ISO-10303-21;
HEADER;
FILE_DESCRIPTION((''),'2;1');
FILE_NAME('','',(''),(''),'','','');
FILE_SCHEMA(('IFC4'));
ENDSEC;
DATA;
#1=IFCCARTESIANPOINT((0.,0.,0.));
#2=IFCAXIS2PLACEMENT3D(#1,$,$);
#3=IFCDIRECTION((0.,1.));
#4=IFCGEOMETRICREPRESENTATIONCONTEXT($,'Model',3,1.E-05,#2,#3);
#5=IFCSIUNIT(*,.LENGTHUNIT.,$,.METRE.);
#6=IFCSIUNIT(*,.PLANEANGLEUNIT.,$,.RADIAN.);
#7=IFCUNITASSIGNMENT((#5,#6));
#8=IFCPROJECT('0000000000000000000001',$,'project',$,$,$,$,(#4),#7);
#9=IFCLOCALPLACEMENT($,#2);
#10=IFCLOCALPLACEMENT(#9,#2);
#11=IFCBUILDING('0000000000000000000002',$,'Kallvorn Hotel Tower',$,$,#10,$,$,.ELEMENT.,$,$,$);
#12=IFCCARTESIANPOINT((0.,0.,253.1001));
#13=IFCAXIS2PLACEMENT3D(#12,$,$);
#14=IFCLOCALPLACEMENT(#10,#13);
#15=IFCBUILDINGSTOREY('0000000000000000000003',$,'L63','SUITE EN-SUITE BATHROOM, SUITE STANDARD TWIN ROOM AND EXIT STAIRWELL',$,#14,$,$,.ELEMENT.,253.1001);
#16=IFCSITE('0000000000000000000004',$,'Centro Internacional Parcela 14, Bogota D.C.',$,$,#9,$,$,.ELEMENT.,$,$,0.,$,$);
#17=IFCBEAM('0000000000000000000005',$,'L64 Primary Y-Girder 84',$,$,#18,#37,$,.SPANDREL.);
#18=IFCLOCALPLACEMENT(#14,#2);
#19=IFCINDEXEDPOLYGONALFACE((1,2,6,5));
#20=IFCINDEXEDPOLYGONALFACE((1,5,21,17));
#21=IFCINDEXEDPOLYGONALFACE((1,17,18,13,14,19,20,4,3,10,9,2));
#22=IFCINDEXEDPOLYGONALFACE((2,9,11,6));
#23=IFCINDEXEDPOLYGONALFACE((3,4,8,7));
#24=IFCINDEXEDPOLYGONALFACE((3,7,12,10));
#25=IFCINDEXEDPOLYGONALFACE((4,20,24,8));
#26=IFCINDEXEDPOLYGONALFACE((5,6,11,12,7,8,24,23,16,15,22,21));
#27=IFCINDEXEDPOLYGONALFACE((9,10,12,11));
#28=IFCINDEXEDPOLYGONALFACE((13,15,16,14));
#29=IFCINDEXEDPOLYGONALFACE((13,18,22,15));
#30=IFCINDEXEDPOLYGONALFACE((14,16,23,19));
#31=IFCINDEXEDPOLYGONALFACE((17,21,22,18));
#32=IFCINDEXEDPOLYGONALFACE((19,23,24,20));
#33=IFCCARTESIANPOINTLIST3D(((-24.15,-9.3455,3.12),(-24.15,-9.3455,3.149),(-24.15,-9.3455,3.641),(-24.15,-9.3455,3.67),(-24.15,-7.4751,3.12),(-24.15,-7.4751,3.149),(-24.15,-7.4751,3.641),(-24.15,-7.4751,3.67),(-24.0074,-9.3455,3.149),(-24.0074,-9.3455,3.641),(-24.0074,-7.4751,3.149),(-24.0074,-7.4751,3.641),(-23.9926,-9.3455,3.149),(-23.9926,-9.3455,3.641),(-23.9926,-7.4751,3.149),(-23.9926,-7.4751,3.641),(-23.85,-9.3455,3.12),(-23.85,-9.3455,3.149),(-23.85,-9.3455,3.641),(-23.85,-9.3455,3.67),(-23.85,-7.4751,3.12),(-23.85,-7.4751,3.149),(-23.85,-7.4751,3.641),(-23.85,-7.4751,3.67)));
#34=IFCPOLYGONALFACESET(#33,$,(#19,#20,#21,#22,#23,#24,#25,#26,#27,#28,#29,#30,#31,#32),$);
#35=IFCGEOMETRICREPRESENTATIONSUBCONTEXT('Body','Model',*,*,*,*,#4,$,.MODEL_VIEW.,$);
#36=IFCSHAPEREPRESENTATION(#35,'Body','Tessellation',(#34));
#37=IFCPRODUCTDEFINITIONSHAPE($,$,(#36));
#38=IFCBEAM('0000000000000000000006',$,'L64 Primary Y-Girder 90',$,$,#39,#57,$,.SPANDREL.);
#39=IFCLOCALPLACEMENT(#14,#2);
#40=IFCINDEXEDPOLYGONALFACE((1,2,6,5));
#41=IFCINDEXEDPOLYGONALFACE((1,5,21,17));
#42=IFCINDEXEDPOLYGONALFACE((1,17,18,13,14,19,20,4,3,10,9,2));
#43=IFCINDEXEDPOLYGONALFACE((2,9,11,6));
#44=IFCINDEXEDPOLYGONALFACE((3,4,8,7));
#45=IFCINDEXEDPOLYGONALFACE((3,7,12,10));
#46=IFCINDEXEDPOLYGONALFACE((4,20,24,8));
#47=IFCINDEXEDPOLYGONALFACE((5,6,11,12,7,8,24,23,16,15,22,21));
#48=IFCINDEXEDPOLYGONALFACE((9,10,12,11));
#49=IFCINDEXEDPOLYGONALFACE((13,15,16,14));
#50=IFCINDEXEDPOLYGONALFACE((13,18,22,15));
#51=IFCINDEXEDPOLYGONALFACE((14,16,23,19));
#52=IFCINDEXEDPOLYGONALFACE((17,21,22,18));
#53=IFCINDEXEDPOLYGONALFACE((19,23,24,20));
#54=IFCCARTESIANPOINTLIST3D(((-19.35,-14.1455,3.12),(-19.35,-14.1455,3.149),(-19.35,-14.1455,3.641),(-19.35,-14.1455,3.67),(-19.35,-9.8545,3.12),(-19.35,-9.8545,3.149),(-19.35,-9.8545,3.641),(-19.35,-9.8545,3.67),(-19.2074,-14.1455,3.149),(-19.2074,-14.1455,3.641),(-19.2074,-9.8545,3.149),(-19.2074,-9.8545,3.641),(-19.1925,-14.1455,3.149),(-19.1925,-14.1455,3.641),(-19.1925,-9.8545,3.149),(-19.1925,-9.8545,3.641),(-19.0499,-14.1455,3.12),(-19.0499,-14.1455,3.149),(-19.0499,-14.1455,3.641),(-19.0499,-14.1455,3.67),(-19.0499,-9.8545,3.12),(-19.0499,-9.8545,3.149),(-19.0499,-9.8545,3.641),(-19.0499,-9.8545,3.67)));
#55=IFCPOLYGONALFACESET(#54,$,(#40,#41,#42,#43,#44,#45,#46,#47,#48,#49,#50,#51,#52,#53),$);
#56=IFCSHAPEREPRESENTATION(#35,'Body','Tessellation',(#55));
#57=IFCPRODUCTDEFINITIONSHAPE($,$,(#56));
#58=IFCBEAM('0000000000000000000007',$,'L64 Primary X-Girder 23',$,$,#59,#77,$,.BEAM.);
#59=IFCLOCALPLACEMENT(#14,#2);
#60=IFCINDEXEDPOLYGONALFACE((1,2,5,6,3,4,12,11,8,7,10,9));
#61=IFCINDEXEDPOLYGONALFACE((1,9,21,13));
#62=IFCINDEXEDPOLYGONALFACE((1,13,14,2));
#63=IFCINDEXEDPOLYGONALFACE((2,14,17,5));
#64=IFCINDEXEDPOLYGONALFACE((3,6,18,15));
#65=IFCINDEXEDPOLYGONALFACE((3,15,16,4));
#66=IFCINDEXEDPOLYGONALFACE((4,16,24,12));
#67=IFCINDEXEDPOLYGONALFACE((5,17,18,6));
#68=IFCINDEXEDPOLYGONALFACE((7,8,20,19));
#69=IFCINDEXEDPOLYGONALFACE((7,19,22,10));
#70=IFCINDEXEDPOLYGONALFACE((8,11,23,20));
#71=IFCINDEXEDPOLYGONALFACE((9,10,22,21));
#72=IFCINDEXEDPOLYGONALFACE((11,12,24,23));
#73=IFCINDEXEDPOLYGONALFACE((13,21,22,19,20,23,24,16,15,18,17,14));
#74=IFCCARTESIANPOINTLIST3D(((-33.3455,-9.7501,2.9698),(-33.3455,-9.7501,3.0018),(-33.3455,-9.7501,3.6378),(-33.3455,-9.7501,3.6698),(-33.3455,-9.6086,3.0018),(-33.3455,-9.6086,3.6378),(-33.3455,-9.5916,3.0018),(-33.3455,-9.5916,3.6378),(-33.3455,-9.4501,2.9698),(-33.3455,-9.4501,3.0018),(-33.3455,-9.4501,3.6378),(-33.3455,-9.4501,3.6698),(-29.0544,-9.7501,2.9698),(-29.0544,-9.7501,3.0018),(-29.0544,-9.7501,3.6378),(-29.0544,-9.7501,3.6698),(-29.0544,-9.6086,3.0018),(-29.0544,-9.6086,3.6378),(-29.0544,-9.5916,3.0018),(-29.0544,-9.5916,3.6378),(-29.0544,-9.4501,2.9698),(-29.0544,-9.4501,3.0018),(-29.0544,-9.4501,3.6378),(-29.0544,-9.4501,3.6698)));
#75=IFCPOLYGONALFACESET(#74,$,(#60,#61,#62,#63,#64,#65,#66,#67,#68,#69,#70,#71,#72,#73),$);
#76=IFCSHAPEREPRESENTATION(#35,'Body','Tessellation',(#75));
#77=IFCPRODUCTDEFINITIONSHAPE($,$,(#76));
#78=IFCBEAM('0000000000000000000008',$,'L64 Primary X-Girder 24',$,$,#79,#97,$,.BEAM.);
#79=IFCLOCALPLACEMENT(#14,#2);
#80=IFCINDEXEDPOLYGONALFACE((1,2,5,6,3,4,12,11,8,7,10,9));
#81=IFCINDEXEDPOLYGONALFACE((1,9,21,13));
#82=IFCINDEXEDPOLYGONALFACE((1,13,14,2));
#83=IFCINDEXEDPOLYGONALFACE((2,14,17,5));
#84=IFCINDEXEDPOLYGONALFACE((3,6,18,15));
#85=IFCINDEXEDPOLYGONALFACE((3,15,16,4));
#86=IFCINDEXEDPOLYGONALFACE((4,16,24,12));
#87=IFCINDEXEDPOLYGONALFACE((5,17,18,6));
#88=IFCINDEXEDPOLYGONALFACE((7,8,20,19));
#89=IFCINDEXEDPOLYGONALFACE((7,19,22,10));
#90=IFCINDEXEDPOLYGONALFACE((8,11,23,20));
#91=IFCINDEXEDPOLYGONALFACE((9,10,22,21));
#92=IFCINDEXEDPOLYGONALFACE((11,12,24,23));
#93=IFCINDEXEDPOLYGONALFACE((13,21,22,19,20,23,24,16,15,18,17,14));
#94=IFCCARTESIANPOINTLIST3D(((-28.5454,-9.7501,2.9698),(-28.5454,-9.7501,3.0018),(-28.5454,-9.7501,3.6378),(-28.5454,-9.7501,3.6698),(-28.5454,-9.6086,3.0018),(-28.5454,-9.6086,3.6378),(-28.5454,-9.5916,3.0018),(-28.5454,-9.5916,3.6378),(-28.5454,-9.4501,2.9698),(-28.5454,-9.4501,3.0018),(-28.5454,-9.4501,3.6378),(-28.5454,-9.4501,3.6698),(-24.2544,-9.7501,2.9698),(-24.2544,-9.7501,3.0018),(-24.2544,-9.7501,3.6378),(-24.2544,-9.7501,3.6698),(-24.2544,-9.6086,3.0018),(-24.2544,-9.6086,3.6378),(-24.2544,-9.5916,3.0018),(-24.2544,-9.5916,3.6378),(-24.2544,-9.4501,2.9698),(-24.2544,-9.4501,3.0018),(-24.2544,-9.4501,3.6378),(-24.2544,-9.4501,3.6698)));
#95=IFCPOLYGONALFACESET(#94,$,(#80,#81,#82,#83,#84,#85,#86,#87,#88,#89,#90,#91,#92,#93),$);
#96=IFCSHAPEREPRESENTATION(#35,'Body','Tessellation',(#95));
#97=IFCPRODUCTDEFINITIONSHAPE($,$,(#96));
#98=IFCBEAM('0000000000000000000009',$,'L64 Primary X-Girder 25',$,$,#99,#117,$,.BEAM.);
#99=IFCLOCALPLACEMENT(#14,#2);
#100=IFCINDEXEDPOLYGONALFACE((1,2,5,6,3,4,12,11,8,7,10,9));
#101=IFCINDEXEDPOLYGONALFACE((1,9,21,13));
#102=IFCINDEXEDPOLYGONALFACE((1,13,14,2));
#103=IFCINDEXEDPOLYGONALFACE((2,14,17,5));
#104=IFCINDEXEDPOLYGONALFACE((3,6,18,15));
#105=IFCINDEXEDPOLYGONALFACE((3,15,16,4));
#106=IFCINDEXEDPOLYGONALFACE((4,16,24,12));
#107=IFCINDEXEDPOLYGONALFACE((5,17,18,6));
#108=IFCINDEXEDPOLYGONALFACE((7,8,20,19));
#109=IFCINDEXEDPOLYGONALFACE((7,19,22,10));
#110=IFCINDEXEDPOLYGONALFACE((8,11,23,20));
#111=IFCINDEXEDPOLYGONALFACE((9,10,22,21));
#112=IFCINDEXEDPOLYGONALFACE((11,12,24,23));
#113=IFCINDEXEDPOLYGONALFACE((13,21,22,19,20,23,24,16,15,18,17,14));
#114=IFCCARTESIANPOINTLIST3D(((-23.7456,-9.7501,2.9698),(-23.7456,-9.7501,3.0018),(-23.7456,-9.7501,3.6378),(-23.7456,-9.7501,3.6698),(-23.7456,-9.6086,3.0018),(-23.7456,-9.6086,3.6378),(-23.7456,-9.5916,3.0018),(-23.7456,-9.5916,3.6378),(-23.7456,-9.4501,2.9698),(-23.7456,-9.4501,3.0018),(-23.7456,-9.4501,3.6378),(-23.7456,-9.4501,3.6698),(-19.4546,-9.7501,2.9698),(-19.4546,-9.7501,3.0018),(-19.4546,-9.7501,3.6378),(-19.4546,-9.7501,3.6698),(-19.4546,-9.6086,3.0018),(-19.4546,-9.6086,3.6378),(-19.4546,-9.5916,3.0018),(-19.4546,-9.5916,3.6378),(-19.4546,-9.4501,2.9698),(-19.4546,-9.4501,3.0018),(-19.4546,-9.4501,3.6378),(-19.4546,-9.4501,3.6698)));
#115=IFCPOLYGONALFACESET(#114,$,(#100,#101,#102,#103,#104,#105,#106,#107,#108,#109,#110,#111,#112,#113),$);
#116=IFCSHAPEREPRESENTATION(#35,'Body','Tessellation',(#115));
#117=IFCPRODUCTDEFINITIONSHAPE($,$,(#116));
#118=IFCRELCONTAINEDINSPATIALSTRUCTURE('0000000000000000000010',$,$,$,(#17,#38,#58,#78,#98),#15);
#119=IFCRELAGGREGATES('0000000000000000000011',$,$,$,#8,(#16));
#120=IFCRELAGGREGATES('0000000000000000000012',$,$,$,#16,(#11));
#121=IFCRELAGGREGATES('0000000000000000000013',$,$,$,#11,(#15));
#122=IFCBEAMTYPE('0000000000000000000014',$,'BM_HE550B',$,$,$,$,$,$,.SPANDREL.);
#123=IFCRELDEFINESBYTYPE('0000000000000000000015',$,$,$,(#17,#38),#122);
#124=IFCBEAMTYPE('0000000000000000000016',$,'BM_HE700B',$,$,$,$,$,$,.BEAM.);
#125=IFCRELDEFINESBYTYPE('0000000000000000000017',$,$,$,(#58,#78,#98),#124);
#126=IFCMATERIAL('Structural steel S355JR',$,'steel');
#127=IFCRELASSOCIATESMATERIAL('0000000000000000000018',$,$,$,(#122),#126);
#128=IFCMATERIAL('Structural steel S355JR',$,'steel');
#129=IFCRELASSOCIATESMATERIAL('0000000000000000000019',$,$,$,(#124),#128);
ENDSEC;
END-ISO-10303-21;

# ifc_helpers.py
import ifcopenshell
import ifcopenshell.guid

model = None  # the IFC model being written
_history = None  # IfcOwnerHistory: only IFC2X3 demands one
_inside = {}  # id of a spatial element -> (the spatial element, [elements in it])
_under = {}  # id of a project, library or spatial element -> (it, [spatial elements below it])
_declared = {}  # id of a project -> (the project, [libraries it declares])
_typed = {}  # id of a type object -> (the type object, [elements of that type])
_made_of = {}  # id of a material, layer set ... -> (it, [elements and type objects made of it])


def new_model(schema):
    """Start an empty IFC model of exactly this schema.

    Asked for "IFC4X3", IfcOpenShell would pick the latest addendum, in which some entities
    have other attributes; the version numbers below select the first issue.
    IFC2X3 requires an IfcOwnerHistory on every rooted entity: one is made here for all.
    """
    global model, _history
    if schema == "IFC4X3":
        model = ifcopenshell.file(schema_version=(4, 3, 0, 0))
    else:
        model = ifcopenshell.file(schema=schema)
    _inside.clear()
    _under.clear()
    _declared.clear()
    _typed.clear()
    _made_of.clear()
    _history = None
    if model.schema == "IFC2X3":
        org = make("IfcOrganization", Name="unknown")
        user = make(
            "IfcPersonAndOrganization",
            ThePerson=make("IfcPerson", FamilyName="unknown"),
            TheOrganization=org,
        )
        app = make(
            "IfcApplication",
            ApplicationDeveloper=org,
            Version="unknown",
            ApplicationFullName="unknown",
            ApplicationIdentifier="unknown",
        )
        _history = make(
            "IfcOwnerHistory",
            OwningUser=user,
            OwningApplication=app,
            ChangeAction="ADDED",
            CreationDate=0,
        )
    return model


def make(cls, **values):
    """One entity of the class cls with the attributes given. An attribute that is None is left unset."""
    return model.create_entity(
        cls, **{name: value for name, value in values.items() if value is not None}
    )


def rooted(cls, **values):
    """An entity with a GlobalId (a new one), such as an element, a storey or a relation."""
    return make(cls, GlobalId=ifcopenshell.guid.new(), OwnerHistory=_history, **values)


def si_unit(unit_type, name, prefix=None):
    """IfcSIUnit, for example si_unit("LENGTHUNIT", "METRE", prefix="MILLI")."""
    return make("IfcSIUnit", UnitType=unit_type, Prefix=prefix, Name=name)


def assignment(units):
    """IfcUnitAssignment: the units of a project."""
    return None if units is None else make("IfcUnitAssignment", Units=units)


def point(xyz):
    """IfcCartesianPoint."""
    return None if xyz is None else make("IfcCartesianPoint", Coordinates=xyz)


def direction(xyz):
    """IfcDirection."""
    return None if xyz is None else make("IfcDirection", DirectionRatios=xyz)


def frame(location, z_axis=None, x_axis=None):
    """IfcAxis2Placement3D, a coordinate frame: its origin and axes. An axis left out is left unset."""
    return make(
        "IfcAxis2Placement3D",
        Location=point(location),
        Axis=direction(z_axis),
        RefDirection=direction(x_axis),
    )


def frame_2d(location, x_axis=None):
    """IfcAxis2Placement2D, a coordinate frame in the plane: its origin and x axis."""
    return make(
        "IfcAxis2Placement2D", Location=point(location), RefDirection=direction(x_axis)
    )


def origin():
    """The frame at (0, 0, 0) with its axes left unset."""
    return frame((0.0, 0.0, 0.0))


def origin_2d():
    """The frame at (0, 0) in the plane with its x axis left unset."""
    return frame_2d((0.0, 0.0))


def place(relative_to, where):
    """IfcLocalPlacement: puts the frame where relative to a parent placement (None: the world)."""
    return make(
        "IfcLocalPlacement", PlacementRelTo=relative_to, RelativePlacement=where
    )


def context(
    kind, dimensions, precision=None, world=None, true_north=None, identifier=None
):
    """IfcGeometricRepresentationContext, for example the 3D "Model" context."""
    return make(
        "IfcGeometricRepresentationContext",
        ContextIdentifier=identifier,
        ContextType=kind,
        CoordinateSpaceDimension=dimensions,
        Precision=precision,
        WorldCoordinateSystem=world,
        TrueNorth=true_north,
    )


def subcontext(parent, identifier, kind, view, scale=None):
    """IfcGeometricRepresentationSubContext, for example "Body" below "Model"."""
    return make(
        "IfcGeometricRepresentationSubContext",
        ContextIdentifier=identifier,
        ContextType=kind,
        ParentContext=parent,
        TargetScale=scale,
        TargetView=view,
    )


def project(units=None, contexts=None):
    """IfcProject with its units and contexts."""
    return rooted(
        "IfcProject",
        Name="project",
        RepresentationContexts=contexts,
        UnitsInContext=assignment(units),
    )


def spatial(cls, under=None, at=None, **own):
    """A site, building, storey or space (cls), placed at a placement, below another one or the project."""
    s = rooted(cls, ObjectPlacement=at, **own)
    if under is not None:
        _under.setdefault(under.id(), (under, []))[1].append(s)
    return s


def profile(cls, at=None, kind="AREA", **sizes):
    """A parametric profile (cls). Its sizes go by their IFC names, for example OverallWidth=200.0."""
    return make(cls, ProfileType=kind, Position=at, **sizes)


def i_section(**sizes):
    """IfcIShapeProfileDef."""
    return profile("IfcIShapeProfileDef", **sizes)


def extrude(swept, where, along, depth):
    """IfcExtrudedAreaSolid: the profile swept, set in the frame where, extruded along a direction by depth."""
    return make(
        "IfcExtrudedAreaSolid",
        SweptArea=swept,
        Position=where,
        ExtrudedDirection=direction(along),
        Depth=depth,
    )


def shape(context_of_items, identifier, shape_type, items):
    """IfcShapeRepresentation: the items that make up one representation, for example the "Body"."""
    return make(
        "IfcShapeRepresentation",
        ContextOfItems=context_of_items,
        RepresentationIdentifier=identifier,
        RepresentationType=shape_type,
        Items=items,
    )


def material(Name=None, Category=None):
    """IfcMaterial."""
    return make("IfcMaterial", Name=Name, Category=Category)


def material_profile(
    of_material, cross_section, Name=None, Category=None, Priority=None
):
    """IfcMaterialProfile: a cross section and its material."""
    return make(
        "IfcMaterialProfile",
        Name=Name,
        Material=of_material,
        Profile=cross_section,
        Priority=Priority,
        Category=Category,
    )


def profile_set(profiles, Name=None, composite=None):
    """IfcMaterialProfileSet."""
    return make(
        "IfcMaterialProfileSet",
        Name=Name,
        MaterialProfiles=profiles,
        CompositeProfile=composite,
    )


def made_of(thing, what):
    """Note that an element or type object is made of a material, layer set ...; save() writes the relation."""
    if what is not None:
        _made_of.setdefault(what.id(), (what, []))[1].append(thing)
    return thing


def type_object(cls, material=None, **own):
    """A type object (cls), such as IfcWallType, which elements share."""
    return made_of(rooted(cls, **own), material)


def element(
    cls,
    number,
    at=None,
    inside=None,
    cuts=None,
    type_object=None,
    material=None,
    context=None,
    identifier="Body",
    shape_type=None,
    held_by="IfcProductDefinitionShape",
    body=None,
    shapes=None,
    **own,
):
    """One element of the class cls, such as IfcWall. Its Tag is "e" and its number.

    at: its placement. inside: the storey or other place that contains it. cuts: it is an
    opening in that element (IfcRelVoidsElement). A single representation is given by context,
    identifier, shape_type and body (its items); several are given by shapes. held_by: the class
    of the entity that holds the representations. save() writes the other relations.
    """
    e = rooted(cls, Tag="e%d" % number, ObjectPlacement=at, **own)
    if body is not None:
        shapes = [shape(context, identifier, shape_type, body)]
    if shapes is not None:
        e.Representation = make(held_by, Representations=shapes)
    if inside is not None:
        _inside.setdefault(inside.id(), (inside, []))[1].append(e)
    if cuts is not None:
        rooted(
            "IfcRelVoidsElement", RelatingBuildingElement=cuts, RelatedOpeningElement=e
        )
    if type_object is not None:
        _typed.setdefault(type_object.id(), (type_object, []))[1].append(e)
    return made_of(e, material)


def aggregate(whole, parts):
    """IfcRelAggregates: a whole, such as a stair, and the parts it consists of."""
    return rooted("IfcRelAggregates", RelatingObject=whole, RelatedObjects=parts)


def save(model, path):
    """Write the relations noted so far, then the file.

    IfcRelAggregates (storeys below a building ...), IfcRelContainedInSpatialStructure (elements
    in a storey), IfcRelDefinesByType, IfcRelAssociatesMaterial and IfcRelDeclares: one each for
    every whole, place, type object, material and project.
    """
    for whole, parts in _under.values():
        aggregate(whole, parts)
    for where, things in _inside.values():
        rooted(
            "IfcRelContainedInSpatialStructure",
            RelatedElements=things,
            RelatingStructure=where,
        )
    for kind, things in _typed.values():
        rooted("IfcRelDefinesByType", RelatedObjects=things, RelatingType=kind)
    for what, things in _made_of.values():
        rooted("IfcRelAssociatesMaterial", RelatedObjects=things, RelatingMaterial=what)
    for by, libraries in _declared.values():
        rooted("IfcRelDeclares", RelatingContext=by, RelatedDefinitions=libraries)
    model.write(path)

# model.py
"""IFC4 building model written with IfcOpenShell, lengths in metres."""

from ifc_helpers import new_model, si_unit, direction, frame, origin, origin_2d, place, context, subcontext, project, spatial, i_section, extrude, material, material_profile, profile_set, type_object, element, save


model = new_model("IFC4")

# Units and contexts
model_context = context("Model", 3, precision=1e-05, world=origin(), true_north=direction((0.0, 1.0)))
body_context = subcontext(model_context, "Body", "Model", "MODEL_VIEW")
ifc_project = project(units=[si_unit("LENGTHUNIT", "METRE"), si_unit("PLANEANGLEUNIT", "RADIAN")], contexts=[model_context])

# Site, building, storey
site_placement = place(None, origin())
site = spatial("IfcSite", under=ifc_project, at=site_placement, Name="Centro Internacional Parcela 14, Bogota D.C.", CompositionType="ELEMENT", RefElevation=0.0)
building_placement = place(site_placement, origin())
building = spatial("IfcBuilding", under=site, at=building_placement, Name="Kallvorn Hotel Tower", CompositionType="ELEMENT")
storey_placement = place(building_placement, frame((0.0, 0.0, 253.1001)))
storey = spatial("IfcBuildingStorey", under=building, at=storey_placement, Name="L63", Description="SUITE EN-SUITE BATHROOM, SUITE STANDARD TWIN ROOM AND EXIT STAIRWELL", CompositionType="ELEMENT", Elevation=253.1001)

# Beams
ifc_material_1 = material(Name="Structural steel S355JR", Category="steel")
ifc_material_profile_1 = material_profile(ifc_material_1, i_section(OverallWidth=0.3, OverallDepth=0.55, WebThickness=0.0149, FlangeThickness=0.0291, at=origin_2d()), Name="HE 550 B")
ifc_profile_set_1 = profile_set([ifc_material_profile_1], Name="Structural steel S355JR")
beam_type_1 = type_object("IfcBeamType", Name="BM_HE550B", PredefinedType="SPANDREL", material=ifc_profile_set_1)
beam_1_placement = place(storey_placement, frame((-24.0, -9.3455, 3.395), z_axis=(0.0, 1.0, 0.0), x_axis=(-1.0, 0.0, 0.0)))
element("IfcBeam", 1, at=beam_1_placement, inside=storey, type_object=beam_type_1, Name="L64 Primary Y-Girder 84", PredefinedType="SPANDREL", context=body_context, shape_type="SweptSolid", body=[
    extrude(i_section(OverallWidth=0.3, OverallDepth=0.55, WebThickness=0.0149, FlangeThickness=0.0291, at=origin_2d()), origin(), (0.0, 0.0, 1.0), 1.8704),
])
beam_2_placement = place(storey_placement, frame((-19.2, -14.1455, 3.395), z_axis=(0.0, 1.0, 0.0), x_axis=(-1.0, 0.0, 0.0)))
element("IfcBeam", 2, at=beam_2_placement, inside=storey, type_object=beam_type_1, Name="L64 Primary Y-Girder 90", PredefinedType="SPANDREL", context=body_context, shape_type="SweptSolid", body=[
    extrude(i_section(OverallWidth=0.3, OverallDepth=0.55, WebThickness=0.0149, FlangeThickness=0.0291, at=origin_2d()), origin(), (0.0, 0.0, 1.0), 4.291),
])
ifc_material_2 = material(Name="Structural steel S355JR", Category="steel")
ifc_material_profile_2 = material_profile(ifc_material_2, i_section(OverallWidth=0.3, OverallDepth=0.7, WebThickness=0.0171, FlangeThickness=0.032, at=origin_2d()), Name="HE 700 B")
ifc_profile_set_2 = profile_set([ifc_material_profile_2], Name="Structural steel S355JR")
beam_type_2 = type_object("IfcBeamType", Name="BM_HE700B", PredefinedType="BEAM", material=ifc_profile_set_2)
for number, where, z_axis, x_axis, name in (
    (3, (-33.3455, -9.6001, 3.3198), (1.0, 0.0, 0.0), (0.0, 1.0, 0.0), "L64 Primary X-Girder 23"),
    (4, (-28.5454, -9.6001, 3.3198), (1.0, 0.0, 0.0), (0.0, 1.0, 0.0), "L64 Primary X-Girder 24"),
    (5, (-23.7456, -9.6001, 3.3198), (1.0, 0.0, 0.0), (0.0, 1.0, 0.0), "L64 Primary X-Girder 25"),
):
    element("IfcBeam", number, at=place(storey_placement, frame(where, z_axis=z_axis, x_axis=x_axis)), inside=storey, type_object=beam_type_2, Name=name, PredefinedType="BEAM", context=body_context, shape_type="SweptSolid", body=[
        extrude(i_section(OverallWidth=0.3, OverallDepth=0.7, WebThickness=0.0171, FlangeThickness=0.032, at=origin_2d()), origin(), (0.0, 0.0, 1.0), 4.291),
    ])

save(model, "model.ifc")
